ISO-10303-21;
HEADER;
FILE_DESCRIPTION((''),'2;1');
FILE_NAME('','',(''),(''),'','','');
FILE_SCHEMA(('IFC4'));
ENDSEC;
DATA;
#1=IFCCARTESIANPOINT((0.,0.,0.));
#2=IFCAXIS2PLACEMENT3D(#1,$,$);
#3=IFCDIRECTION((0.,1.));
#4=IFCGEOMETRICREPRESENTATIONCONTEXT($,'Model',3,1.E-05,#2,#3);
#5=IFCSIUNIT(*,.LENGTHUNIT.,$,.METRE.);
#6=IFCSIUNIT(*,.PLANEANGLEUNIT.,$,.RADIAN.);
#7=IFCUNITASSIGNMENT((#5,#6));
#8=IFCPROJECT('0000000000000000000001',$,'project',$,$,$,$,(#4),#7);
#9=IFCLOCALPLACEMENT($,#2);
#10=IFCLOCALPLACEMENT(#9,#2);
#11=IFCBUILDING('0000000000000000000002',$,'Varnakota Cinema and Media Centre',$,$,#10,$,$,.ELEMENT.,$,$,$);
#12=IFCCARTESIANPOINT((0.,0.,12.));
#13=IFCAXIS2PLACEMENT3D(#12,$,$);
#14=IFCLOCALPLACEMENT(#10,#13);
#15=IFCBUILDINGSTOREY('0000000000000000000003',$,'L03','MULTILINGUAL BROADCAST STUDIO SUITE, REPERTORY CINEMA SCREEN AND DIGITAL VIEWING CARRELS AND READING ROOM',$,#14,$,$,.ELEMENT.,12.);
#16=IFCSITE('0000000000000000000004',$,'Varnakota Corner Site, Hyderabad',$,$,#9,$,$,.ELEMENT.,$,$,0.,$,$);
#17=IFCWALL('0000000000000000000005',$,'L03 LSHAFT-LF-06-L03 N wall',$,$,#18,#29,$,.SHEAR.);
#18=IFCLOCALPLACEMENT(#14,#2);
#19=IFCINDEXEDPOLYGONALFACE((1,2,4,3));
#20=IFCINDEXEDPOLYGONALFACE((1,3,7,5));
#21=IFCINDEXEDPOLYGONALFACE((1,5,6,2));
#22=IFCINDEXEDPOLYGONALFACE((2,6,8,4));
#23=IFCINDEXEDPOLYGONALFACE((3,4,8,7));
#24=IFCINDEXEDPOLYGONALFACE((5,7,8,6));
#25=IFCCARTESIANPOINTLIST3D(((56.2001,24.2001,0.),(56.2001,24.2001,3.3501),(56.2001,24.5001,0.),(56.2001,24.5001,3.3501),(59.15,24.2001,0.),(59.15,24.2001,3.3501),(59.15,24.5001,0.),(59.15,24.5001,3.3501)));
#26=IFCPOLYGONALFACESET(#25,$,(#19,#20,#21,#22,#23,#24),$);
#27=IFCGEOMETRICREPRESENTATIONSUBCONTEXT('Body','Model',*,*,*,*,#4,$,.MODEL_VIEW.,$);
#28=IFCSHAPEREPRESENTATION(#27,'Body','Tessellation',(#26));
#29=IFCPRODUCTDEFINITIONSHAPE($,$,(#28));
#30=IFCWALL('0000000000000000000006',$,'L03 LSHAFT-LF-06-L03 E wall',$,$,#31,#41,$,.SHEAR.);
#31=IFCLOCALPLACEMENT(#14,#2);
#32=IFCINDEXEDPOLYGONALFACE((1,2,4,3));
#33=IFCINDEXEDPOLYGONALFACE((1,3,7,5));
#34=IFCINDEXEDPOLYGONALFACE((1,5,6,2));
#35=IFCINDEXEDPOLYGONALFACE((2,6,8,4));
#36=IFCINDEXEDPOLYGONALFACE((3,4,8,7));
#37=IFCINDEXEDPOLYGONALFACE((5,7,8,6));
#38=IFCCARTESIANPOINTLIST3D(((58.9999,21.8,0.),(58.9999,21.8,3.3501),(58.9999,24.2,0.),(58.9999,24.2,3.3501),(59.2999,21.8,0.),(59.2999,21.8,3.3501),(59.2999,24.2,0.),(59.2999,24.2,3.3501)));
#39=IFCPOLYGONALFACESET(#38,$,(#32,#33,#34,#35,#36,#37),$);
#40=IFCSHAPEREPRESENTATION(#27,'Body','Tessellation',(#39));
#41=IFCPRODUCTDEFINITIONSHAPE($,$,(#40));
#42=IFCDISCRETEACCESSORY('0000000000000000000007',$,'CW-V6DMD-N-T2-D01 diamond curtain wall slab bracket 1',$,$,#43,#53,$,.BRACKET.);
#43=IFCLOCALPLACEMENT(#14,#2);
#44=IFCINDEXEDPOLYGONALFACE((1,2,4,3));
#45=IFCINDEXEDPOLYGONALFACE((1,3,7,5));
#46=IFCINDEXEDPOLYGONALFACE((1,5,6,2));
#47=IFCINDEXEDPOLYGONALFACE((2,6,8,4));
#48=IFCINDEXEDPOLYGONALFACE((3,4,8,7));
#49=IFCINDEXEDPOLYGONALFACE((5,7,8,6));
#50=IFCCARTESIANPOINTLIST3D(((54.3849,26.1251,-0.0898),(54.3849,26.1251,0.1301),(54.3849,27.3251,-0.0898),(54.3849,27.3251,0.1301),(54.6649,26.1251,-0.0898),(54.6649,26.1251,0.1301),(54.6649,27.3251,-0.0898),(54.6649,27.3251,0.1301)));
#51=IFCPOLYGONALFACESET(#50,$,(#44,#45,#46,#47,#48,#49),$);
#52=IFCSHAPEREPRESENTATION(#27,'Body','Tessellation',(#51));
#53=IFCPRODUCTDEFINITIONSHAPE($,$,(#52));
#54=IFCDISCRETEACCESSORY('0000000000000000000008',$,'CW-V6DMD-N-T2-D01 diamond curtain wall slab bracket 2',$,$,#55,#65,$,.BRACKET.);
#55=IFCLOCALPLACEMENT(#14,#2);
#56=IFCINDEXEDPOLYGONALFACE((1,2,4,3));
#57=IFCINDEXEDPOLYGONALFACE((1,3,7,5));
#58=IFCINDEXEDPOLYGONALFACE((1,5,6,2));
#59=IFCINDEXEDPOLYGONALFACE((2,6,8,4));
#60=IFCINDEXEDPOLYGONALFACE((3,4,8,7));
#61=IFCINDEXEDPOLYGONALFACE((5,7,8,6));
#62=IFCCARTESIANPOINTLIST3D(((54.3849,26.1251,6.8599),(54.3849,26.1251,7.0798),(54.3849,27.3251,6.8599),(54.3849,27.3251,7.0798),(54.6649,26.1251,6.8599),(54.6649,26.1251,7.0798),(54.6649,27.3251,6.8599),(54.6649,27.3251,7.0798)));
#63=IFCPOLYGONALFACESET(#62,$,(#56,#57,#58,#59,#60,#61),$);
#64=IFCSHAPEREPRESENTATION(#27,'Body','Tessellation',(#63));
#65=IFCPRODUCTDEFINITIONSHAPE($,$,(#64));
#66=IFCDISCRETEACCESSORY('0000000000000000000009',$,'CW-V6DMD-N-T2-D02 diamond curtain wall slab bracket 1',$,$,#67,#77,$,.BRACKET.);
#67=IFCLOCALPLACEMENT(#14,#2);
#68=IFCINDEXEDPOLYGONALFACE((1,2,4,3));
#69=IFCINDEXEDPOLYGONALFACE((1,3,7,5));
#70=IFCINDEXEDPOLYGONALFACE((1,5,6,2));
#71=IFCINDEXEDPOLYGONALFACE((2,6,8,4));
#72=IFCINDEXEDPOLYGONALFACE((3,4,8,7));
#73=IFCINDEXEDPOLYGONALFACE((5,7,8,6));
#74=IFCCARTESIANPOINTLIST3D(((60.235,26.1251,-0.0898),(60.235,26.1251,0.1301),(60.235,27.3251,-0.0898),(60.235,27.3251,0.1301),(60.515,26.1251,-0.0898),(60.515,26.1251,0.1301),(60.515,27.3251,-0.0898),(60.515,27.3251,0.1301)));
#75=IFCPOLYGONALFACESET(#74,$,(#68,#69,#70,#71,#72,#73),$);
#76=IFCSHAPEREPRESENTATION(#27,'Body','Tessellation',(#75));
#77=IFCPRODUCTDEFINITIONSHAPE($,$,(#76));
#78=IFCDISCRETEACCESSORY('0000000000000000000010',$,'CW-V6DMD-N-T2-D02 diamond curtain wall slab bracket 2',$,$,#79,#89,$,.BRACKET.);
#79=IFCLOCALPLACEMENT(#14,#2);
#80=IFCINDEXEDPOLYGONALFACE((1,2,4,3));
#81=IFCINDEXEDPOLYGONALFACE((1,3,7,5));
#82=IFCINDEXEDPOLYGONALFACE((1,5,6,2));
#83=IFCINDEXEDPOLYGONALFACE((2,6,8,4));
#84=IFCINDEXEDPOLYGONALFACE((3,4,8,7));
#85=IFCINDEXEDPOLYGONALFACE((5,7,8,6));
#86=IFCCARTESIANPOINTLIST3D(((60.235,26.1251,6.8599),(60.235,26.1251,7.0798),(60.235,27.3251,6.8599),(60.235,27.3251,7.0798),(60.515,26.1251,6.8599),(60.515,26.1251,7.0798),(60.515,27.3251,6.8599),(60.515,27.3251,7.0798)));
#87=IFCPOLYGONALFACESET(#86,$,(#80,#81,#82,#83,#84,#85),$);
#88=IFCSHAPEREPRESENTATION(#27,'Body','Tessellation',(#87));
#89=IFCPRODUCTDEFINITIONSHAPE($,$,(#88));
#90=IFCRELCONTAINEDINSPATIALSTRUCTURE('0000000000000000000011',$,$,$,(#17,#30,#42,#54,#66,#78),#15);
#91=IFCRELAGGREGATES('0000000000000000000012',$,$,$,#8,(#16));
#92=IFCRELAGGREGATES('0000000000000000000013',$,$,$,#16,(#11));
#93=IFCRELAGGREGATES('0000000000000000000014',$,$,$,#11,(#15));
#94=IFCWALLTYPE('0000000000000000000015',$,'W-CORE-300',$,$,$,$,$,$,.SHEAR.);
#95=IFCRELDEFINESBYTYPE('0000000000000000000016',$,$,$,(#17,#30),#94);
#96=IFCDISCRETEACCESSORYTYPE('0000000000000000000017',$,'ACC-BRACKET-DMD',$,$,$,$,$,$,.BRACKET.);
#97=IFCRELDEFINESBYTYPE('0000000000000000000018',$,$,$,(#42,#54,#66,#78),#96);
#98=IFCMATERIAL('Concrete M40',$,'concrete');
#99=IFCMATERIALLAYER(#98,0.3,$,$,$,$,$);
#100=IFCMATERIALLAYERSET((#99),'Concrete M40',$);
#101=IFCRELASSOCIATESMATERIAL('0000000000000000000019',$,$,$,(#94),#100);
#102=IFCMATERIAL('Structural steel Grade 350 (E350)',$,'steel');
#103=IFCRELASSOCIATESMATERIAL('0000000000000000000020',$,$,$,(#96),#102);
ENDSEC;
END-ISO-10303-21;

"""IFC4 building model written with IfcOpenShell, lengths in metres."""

from ifc_helpers import new_model, si_unit, direction, frame, frame_2d, origin, origin_2d, place, context, subcontext, project, spatial, rectangle, extrude, material, layer, layer_set, type_object, element, save


model = new_model("IFC4")

# Units and contexts
model_context = context("Model", 3, precision=1e-05, world=origin(), true_north=direction((0.0, 1.0)))
body_context = subcontext(model_context, "Body", "Model", "MODEL_VIEW")
ifc_project = project(units=[si_unit("LENGTHUNIT", "METRE"), si_unit("PLANEANGLEUNIT", "RADIAN")], contexts=[model_context])

# Site, building, storey
site_placement = place(None, origin())
site = spatial("IfcSite", under=ifc_project, at=site_placement, Name="Varnakota Corner Site, Hyderabad", CompositionType="ELEMENT", RefElevation=0.0)
building_placement = place(site_placement, origin())
building = spatial("IfcBuilding", under=site, at=building_placement, Name="Varnakota Cinema and Media Centre", CompositionType="ELEMENT")
storey_placement = place(building_placement, frame((0.0, 0.0, 12.0)))
storey = spatial("IfcBuildingStorey", under=building, at=storey_placement, Name="L03", Description="MULTILINGUAL BROADCAST STUDIO SUITE, REPERTORY CINEMA SCREEN AND DIGITAL VIEWING CARRELS AND READING ROOM", CompositionType="ELEMENT", Elevation=12.0)

# Shared definitions
ifc_material_1 = material(Name="Concrete M40", Category="concrete")
ifc_layer_1 = layer(ifc_material_1, 0.3)
ifc_layer_set_1 = layer_set([ifc_layer_1], Name="Concrete M40")
wall_type = type_object("IfcWallType", Name="W-CORE-300", PredefinedType="SHEAR", material=ifc_layer_set_1)

# Walls
wall_1_placement = place(storey_placement, frame((56.2, 24.3501, 0.0), z_axis=(0.0, 0.0, 1.0), x_axis=(1.0, 0.0, 0.0)))
element("IfcWall", 1, at=wall_1_placement, inside=storey, type_object=wall_type, Name="L03 LSHAFT-LF-06-L03 N wall", PredefinedType="SHEAR", context=body_context, shape_type="SweptSolid", body=[
    extrude(rectangle(XDim=2.95, YDim=0.3, at=frame_2d((1.4751, 0.0))), origin(), (0.0, 0.0, 1.0), 3.3501),
])
wall_2_placement = place(storey_placement, frame((59.1499, 24.2, 0.0), z_axis=(0.0, 0.0, 1.0), x_axis=(0.0, -1.0, 0.0)))
element("IfcWall", 2, at=wall_2_placement, inside=storey, type_object=wall_type, Name="L03 LSHAFT-LF-06-L03 E wall", PredefinedType="SHEAR", context=body_context, shape_type="SweptSolid", body=[
    extrude(rectangle(XDim=2.3999, YDim=0.3, at=frame_2d((1.2, 0.0))), origin(), (0.0, 0.0, 1.0), 3.3501),
])

# Discrete accessories
ifc_material_2 = material(Name="Structural steel Grade 350 (E350)", Category="steel")
discrete_accessory_type = type_object("IfcDiscreteAccessoryType", Name="ACC-BRACKET-DMD", PredefinedType="BRACKET", material=ifc_material_2)
for number, where, z_axis, x_axis, name in (
    (3, (54.5249, 26.7251, -0.0898), (0.0, 0.0, 1.0), (1.0, 0.0, 0.0), "CW-V6DMD-N-T2-D01 diamond curtain wall slab bracket 1"),
    (4, (54.5249, 26.7251, 6.8599), (0.0, 0.0, 1.0), (1.0, 0.0, 0.0), "CW-V6DMD-N-T2-D01 diamond curtain wall slab bracket 2"),
    (5, (60.375, 26.7251, -0.0898), (0.0, 0.0, 1.0), (1.0, 0.0, 0.0), "CW-V6DMD-N-T2-D02 diamond curtain wall slab bracket 1"),
    (6, (60.375, 26.7251, 6.8599), (0.0, 0.0, 1.0), (1.0, 0.0, 0.0), "CW-V6DMD-N-T2-D02 diamond curtain wall slab bracket 2"),
):
    element("IfcDiscreteAccessory", number, at=place(storey_placement, frame(where, z_axis=z_axis, x_axis=x_axis)), inside=storey, type_object=discrete_accessory_type, Name=name, PredefinedType="BRACKET", context=body_context, shape_type="SweptSolid", body=[
        extrude(rectangle(XDim=0.28, YDim=1.2, at=origin_2d()), origin(), (0.0, 0.0, 1.0), 0.22),
    ])

save(model, "model.ifc")
